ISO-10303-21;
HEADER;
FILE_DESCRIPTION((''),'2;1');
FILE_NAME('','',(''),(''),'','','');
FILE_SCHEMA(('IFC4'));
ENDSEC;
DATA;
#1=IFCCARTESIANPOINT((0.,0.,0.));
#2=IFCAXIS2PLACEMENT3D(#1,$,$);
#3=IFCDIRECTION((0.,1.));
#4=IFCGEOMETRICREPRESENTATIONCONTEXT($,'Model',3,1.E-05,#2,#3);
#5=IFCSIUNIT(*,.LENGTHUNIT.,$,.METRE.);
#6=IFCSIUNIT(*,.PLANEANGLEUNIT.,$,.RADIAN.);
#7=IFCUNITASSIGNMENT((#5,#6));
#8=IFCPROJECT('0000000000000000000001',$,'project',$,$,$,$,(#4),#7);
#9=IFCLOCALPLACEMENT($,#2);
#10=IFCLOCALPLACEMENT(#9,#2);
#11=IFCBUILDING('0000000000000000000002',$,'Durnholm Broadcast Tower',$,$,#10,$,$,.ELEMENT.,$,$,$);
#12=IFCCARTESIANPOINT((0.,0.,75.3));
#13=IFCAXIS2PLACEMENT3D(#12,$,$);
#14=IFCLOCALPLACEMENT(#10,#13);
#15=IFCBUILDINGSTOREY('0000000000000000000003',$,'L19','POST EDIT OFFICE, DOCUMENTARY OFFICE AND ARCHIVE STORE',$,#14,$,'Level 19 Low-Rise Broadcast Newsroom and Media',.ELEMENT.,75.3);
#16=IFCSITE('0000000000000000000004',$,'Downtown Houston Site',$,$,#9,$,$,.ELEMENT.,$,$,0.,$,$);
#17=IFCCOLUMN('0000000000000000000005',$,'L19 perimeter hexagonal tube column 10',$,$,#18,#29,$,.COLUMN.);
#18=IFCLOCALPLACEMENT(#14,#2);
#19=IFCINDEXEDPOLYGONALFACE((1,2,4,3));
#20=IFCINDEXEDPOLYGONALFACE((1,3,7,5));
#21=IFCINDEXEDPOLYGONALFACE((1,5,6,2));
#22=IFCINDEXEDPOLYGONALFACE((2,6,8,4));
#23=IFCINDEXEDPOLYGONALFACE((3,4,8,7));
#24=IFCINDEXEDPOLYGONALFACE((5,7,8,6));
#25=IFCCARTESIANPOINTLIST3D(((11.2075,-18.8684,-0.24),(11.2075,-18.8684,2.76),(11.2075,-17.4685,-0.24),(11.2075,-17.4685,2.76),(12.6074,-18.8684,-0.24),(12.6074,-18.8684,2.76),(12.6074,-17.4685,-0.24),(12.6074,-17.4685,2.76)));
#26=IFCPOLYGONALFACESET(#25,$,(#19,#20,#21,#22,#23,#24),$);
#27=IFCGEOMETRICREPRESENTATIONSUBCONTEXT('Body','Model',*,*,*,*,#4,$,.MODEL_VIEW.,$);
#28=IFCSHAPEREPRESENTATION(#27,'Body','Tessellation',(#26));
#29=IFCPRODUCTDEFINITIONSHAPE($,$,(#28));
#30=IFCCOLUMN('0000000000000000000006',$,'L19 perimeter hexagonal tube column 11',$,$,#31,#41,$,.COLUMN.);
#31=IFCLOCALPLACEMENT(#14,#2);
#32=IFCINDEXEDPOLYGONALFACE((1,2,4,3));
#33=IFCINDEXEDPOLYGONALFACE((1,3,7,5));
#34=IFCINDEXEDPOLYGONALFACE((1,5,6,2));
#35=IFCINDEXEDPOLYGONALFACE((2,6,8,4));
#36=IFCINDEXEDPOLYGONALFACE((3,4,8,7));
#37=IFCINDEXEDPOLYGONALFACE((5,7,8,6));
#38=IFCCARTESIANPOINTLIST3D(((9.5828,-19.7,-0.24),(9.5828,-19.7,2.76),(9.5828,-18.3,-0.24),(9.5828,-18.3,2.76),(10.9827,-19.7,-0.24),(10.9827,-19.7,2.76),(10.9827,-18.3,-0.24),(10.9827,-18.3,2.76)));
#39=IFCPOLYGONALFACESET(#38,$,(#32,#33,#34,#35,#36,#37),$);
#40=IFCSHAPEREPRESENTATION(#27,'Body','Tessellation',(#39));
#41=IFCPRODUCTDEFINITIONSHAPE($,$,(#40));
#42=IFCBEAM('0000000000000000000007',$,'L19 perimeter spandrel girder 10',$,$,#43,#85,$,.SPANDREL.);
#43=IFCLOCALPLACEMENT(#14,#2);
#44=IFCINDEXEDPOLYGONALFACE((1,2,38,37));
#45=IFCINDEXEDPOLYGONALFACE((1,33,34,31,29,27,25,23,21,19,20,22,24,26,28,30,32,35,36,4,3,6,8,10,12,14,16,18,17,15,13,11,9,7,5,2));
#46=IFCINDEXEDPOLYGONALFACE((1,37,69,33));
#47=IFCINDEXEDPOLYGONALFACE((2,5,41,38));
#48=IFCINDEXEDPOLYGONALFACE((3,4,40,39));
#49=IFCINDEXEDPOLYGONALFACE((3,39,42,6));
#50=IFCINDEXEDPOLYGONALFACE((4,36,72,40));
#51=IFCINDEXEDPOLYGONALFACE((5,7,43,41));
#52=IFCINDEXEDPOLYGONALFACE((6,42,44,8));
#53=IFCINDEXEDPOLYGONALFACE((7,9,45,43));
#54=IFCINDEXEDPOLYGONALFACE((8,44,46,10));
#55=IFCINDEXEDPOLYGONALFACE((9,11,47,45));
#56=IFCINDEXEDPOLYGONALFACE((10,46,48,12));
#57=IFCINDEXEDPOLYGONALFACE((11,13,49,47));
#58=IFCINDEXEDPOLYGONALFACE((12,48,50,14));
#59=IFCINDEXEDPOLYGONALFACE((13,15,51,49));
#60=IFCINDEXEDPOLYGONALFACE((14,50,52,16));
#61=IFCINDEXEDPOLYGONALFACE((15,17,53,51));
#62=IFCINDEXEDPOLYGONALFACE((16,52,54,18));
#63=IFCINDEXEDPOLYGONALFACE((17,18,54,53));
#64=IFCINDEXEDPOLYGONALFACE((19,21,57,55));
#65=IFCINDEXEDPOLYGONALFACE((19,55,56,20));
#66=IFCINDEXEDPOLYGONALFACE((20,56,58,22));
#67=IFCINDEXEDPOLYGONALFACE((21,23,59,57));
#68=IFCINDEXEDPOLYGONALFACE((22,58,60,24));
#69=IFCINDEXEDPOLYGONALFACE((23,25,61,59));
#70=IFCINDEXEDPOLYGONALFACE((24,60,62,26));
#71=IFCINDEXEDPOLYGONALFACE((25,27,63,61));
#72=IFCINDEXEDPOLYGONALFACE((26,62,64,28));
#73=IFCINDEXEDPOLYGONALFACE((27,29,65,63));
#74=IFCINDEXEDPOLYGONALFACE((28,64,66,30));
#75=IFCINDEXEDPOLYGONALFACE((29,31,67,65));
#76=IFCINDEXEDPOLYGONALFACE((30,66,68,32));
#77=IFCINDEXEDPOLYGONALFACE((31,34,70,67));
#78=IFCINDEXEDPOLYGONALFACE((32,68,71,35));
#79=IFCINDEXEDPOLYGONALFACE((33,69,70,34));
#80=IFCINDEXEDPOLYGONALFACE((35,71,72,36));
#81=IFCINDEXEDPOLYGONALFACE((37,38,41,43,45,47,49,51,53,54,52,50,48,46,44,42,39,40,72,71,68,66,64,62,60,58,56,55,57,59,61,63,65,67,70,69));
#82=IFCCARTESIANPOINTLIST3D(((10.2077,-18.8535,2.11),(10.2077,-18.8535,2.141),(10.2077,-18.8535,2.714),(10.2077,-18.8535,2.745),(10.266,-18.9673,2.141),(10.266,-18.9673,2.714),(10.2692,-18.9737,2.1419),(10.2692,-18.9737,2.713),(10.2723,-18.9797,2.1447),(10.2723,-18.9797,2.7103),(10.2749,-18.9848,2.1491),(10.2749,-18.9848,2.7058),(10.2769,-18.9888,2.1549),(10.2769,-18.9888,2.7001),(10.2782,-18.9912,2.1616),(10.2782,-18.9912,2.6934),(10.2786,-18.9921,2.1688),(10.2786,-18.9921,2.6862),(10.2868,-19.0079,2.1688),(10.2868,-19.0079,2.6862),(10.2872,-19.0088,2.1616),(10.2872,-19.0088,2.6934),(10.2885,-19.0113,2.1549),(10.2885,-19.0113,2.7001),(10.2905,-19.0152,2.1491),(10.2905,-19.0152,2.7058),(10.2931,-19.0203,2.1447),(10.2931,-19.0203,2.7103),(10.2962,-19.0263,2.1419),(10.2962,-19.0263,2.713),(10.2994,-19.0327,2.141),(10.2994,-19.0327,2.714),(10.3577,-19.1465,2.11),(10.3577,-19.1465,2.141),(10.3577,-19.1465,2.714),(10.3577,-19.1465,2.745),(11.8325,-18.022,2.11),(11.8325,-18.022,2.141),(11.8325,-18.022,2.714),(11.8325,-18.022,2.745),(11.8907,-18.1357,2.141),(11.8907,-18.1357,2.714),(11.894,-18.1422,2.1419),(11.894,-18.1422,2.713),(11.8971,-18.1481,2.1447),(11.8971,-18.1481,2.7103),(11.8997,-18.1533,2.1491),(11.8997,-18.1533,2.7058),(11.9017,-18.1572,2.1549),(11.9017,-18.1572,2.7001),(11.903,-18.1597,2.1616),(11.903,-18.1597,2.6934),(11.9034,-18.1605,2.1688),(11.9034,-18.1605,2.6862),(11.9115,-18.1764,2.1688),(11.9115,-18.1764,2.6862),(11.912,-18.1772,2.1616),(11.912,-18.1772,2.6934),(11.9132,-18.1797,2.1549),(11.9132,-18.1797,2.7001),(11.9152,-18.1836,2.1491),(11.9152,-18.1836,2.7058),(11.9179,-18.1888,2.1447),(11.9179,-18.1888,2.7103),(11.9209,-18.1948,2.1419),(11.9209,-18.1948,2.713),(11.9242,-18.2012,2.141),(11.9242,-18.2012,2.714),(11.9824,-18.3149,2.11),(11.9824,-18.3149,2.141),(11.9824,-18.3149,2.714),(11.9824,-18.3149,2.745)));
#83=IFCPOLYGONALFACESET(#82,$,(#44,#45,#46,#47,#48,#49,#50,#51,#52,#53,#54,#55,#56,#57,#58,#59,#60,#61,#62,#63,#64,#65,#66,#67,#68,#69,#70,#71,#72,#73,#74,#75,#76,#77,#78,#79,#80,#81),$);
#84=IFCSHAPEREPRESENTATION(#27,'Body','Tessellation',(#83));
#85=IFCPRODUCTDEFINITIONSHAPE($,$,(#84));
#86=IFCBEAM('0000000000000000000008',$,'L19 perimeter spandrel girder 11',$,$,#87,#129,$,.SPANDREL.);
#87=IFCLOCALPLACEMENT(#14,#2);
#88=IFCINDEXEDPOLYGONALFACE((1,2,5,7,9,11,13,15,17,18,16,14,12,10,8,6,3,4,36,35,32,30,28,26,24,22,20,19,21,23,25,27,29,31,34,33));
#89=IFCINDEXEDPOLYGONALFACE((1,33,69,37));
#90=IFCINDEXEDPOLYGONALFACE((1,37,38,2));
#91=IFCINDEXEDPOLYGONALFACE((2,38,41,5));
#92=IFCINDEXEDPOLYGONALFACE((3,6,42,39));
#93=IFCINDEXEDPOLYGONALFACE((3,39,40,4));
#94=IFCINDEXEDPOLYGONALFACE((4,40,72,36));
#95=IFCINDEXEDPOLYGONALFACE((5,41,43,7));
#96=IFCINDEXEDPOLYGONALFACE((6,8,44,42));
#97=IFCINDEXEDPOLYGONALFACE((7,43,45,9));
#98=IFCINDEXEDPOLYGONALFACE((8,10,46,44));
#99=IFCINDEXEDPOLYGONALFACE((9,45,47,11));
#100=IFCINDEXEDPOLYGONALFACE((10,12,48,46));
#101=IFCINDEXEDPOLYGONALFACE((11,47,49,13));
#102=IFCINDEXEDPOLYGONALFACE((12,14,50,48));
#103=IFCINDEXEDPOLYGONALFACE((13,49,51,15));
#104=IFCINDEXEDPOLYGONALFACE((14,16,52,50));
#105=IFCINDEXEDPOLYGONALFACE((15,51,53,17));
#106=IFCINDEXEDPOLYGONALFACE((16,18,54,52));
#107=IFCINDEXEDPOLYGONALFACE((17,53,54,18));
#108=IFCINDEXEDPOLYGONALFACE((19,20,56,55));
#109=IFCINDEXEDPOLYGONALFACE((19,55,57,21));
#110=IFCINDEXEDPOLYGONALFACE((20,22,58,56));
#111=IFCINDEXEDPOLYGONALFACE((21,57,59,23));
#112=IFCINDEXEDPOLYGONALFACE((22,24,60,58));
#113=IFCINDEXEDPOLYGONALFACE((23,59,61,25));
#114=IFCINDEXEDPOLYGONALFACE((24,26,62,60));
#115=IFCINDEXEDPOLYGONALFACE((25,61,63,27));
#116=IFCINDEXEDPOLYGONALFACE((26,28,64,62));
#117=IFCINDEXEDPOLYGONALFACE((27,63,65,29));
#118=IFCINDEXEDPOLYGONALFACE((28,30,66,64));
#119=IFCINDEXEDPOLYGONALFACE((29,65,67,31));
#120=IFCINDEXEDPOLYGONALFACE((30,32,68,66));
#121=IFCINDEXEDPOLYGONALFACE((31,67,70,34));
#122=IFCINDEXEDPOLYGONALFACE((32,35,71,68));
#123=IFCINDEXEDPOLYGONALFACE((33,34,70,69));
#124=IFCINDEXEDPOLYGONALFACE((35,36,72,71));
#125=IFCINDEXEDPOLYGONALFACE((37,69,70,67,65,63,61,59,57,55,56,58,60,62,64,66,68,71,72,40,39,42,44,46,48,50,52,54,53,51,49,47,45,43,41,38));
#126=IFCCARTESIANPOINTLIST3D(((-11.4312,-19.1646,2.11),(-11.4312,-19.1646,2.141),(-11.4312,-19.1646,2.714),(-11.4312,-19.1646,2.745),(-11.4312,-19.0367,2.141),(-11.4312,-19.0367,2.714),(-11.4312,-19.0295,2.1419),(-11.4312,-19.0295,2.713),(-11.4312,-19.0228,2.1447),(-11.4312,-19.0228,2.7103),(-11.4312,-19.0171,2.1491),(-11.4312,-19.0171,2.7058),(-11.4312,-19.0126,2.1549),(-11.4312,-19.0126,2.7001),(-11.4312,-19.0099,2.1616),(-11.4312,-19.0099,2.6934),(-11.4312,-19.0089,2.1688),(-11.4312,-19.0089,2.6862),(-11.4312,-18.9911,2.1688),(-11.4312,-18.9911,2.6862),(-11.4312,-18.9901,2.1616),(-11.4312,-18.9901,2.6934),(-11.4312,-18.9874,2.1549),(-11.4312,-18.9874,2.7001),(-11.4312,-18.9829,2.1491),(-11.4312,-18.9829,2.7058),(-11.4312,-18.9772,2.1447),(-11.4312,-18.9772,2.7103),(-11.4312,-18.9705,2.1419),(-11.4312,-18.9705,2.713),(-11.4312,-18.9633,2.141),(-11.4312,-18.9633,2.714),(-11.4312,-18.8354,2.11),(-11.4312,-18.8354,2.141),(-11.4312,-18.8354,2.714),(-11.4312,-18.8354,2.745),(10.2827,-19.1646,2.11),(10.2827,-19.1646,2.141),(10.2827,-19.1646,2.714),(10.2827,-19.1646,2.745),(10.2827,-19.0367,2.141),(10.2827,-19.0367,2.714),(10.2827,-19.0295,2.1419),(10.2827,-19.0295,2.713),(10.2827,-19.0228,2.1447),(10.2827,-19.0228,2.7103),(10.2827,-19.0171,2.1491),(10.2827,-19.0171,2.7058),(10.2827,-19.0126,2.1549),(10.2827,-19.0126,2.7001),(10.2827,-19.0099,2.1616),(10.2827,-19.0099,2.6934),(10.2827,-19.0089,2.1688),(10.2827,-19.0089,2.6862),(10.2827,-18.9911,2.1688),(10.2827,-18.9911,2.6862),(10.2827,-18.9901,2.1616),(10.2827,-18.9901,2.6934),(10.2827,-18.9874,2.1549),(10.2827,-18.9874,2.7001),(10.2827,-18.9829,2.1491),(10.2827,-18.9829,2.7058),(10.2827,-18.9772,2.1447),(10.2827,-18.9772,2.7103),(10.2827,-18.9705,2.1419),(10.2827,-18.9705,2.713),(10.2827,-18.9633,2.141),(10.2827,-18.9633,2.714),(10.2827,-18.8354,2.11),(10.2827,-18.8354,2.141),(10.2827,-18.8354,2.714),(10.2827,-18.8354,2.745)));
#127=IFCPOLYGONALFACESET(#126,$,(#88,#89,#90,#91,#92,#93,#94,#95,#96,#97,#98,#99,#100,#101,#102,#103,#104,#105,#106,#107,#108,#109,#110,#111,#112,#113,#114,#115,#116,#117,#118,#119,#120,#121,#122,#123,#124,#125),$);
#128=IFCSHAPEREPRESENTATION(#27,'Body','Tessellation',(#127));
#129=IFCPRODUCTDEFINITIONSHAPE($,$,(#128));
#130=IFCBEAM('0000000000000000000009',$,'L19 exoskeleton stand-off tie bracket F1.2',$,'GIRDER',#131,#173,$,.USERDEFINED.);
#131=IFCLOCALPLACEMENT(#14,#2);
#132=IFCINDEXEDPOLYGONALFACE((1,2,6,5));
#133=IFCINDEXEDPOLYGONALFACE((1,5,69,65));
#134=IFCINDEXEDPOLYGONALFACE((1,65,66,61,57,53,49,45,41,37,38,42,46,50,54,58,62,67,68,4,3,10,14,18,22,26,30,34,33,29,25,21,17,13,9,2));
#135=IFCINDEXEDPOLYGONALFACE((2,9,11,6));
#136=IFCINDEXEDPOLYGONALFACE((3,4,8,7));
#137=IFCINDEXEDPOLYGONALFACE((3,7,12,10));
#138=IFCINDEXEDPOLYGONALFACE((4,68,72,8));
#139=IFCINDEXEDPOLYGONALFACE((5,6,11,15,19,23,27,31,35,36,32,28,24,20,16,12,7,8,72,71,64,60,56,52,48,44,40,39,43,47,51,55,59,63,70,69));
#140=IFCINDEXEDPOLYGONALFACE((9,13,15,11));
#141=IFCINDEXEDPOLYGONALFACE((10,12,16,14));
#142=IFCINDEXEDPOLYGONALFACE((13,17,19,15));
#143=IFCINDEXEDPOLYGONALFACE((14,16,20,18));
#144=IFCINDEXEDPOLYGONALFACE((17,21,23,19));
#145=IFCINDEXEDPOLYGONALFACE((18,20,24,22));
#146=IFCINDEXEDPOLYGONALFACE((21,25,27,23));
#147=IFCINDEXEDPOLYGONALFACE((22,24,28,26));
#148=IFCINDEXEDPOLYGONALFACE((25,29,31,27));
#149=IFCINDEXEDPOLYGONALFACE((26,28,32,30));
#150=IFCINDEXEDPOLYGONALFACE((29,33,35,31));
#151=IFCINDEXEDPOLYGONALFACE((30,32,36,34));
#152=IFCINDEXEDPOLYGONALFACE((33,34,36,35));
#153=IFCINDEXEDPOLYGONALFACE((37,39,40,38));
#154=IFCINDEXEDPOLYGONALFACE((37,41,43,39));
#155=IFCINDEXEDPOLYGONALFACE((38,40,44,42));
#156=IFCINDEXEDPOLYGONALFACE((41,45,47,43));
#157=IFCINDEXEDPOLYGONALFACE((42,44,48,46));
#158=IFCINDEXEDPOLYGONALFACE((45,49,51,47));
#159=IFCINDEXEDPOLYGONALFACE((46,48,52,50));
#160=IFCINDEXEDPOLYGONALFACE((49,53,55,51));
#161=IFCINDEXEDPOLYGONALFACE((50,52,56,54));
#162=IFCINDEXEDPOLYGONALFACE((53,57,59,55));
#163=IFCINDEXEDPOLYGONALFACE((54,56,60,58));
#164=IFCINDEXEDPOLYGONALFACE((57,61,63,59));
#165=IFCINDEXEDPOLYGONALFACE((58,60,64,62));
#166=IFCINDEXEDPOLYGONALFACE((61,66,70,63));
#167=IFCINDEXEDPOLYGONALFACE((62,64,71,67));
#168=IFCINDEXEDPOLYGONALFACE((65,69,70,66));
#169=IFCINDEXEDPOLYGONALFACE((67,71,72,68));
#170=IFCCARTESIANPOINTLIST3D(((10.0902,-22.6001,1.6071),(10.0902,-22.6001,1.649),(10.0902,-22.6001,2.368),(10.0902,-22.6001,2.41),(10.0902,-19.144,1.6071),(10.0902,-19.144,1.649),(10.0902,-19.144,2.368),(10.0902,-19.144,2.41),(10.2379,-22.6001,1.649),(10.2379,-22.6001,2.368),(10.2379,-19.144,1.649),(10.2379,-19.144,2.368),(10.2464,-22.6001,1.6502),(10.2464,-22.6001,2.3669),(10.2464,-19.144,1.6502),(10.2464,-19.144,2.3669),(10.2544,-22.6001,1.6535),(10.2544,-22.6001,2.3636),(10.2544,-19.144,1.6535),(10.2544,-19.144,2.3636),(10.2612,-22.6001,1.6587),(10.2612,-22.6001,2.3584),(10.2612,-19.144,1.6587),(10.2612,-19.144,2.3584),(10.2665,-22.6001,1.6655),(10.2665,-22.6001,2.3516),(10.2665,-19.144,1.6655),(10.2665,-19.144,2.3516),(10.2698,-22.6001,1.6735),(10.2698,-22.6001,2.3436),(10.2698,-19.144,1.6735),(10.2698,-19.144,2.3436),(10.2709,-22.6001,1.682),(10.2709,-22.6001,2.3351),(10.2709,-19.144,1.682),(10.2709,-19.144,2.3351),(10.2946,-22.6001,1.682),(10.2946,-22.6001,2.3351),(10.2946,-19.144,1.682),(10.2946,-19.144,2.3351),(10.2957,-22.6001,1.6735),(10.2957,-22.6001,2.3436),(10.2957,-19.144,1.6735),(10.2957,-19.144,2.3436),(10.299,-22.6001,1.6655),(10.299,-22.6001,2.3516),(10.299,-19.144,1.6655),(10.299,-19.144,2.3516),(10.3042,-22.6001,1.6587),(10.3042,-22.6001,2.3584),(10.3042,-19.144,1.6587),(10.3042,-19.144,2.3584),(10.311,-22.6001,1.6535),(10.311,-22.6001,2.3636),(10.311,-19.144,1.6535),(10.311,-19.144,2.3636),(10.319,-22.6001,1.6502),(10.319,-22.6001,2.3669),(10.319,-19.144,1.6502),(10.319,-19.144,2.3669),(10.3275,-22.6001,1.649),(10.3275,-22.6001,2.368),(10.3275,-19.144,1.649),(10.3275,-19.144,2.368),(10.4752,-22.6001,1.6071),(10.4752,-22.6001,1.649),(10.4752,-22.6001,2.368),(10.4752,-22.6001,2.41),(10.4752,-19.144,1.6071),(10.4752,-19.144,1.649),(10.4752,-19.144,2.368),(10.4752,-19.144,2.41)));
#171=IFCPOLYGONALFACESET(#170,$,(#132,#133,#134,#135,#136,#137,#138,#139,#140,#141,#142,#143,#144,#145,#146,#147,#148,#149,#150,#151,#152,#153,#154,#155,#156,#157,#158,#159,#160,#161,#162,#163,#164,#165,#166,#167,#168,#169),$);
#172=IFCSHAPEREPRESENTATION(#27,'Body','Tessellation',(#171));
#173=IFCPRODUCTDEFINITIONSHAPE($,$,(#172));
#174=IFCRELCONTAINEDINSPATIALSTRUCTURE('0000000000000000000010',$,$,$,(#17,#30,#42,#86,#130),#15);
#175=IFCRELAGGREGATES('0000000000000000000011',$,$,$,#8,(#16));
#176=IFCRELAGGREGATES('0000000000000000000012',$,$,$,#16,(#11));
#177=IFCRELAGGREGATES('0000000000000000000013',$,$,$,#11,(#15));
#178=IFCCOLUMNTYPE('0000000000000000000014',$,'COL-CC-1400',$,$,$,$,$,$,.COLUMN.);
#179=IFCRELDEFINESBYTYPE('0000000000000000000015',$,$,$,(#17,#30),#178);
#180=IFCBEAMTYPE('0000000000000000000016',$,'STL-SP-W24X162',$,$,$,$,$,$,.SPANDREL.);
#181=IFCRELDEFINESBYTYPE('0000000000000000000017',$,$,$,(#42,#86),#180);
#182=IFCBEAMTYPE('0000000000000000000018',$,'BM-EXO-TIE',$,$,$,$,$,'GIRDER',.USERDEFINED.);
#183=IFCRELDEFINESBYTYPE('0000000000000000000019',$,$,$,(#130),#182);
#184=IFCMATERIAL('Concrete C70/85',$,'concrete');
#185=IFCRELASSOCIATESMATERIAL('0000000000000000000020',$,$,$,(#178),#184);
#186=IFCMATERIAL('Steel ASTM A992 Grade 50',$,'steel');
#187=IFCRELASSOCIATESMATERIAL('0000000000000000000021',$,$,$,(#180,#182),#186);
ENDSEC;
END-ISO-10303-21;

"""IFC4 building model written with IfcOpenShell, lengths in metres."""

from ifc_helpers import new_model, si_unit, direction, frame, origin, origin_2d, place, context, subcontext, project, spatial, rectangle, i_section, extrude, source, transform, mapped, material, material_profile, profile_set, type_object, type_shapes, element, save


model = new_model("IFC4")

# Units and contexts
model_context = context("Model", 3, precision=1e-05, world=origin(), true_north=direction((0.0, 1.0)))
body_context = subcontext(model_context, "Body", "Model", "MODEL_VIEW")
ifc_project = project(units=[si_unit("LENGTHUNIT", "METRE"), si_unit("PLANEANGLEUNIT", "RADIAN")], contexts=[model_context])

# Site, building, storey
site_placement = place(None, origin())
site = spatial("IfcSite", under=ifc_project, at=site_placement, Name="Downtown Houston Site", CompositionType="ELEMENT", RefElevation=0.0)
building_placement = place(site_placement, origin())
building = spatial("IfcBuilding", under=site, at=building_placement, Name="Durnholm Broadcast Tower", CompositionType="ELEMENT")
storey_placement = place(building_placement, frame((0.0, 0.0, 75.3)))
storey = spatial("IfcBuildingStorey", under=building, at=storey_placement, Name="L19", Description="POST EDIT OFFICE, DOCUMENTARY OFFICE AND ARCHIVE STORE", LongName="Level 19 Low-Rise Broadcast Newsroom and Media", CompositionType="ELEMENT", Elevation=75.3)

# Columns
ifc_material_1 = material(Name="Concrete C70/85", Category="concrete")
ifc_material_profile_1 = material_profile(ifc_material_1, rectangle(XDim=1.3999, YDim=1.3999, at=origin_2d()), Name="RC1400X1400")
ifc_profile_set_1 = profile_set([ifc_material_profile_1], Name="Concrete C70/85")
column_type = type_object("IfcColumnType", Name="COL-CC-1400", PredefinedType="COLUMN", material=ifc_profile_set_1)
shared_shape_1 = source(origin(), body_context, "Body", "SweptSolid", [
    extrude(rectangle(XDim=1.3999, YDim=1.3999, at=origin_2d()), origin(), (0.0, 0.0, 1.0), 3.0),
])
type_shapes(column_type, [shared_shape_1])
for number, where, z_axis, x_axis, name in (
    (1, (11.9075, -18.1685, -0.24), (0.0, 0.0, 1.0), (1.0, 0.0, 0.0), "L19 perimeter hexagonal tube column 10"),
    (2, (10.2827, -19.0, -0.24), (0.0, 0.0, 1.0), (1.0, 0.0, 0.0), "L19 perimeter hexagonal tube column 11"),
):
    element("IfcColumn", number, at=place(storey_placement, frame(where, z_axis=z_axis, x_axis=x_axis)), inside=storey, type_object=column_type, Name=name, PredefinedType="COLUMN", context=body_context, shape_type="MappedRepresentation", body=[
        mapped(shared_shape_1, transform((0.0, 0.0, 0.0), x_axis=(1.0, 0.0, 0.0), y_axis=(0.0, 1.0, 0.0), z_axis=(0.0, 0.0, 1.0), scale=1.0)),
    ])

# Beams
ifc_material_2 = material(Name="Steel ASTM A992 Grade 50", Category="steel")
ifc_material_profile_2 = material_profile(ifc_material_2, i_section(OverallWidth=0.3291, OverallDepth=0.635, WebThickness=0.0178, FlangeThickness=0.031, FilletRadius=0.0278, at=origin_2d()), Name="W24X162")
ifc_profile_set_2 = profile_set([ifc_material_profile_2], Name="Steel ASTM A992 Grade 50")
beam_type_1 = type_object("IfcBeamType", Name="STL-SP-W24X162", PredefinedType="SPANDREL", material=ifc_profile_set_2)
shared_shape_2 = source(origin(), body_context, "Body", "SweptSolid", [
    extrude(i_section(OverallWidth=0.3291, OverallDepth=0.635, WebThickness=0.0178, FlangeThickness=0.031, FilletRadius=0.0278, at=origin_2d()), origin(), (0.0, 0.0, 1.0), 1.8252),
])
beam_1_placement = place(storey_placement, frame((11.9075, -18.1685, 2.4275), z_axis=(-0.890188, -0.455594, 0.0), x_axis=(0.455594, -0.890188, 0.0)))
element("IfcBeam", 3, at=beam_1_placement, inside=storey, type_object=beam_type_1, Name="L19 perimeter spandrel girder 10", PredefinedType="SPANDREL", context=body_context, shape_type="MappedRepresentation", body=[
    mapped(shared_shape_2, transform((0.0, 0.0, 0.0), x_axis=(1.0, 0.0, 0.0), y_axis=(0.0, 1.0, 0.0), z_axis=(0.0, 0.0, 1.0), scale=1.0)),
])
shared_shape_3 = source(origin(), body_context, "Body", "SweptSolid", [
    extrude(i_section(OverallWidth=0.3291, OverallDepth=0.635, WebThickness=0.0178, FlangeThickness=0.031, FilletRadius=0.0278, at=origin_2d()), origin(), (0.0, 0.0, 1.0), 21.7139),
])
type_shapes(beam_type_1, [shared_shape_2, shared_shape_3])
beam_2_placement = place(storey_placement, frame((10.2827, -19.0, 2.4275), z_axis=(-1.0, 0.0, 0.0), x_axis=(0.0, -1.0, 0.0)))
element("IfcBeam", 4, at=beam_2_placement, inside=storey, type_object=beam_type_1, Name="L19 perimeter spandrel girder 11", PredefinedType="SPANDREL", context=body_context, shape_type="MappedRepresentation", body=[
    mapped(shared_shape_3, transform((0.0, 0.0, 0.0), x_axis=(1.0, 0.0, 0.0), y_axis=(0.0, 1.0, 0.0), z_axis=(0.0, 0.0, 1.0), scale=1.0)),
])
ifc_material_profile_3 = material_profile(ifc_material_2, i_section(OverallWidth=0.385, OverallDepth=0.803, WebThickness=0.0237, FlangeThickness=0.042, FilletRadius=0.033, at=origin_2d()), Name="W30X261")
ifc_profile_set_3 = profile_set([ifc_material_profile_3], Name="Steel ASTM A992 Grade 50")
beam_type_2 = type_object("IfcBeamType", Name="BM-EXO-TIE", ElementType="GIRDER", PredefinedType="USERDEFINED", material=ifc_profile_set_3)
shared_shape_4 = source(origin(), body_context, "Body", "SweptSolid", [
    extrude(i_section(OverallWidth=0.385, OverallDepth=0.803, WebThickness=0.0237, FlangeThickness=0.042, FilletRadius=0.033, at=origin_2d()), origin(), (0.0, 0.0, 1.0), 3.4561),
])
type_shapes(beam_type_2, [shared_shape_4])
for number, where, z_axis, x_axis, name in (
    (5, (10.2827, -19.144, 2.0085), (0.0, -1.0, 0.0), (1.0, 0.0, 0.0), "L19 exoskeleton stand-off tie bracket F1.2"),
):
    element("IfcBeam", number, at=place(storey_placement, frame(where, z_axis=z_axis, x_axis=x_axis)), inside=storey, type_object=beam_type_2, Name=name, ObjectType="GIRDER", PredefinedType="USERDEFINED", context=body_context, shape_type="MappedRepresentation", body=[
        mapped(shared_shape_4, transform((0.0, 0.0, 0.0), x_axis=(1.0, 0.0, 0.0), y_axis=(0.0, 1.0, 0.0), z_axis=(0.0, 0.0, 1.0), scale=1.0)),
    ])

save(model, "model.ifc")
